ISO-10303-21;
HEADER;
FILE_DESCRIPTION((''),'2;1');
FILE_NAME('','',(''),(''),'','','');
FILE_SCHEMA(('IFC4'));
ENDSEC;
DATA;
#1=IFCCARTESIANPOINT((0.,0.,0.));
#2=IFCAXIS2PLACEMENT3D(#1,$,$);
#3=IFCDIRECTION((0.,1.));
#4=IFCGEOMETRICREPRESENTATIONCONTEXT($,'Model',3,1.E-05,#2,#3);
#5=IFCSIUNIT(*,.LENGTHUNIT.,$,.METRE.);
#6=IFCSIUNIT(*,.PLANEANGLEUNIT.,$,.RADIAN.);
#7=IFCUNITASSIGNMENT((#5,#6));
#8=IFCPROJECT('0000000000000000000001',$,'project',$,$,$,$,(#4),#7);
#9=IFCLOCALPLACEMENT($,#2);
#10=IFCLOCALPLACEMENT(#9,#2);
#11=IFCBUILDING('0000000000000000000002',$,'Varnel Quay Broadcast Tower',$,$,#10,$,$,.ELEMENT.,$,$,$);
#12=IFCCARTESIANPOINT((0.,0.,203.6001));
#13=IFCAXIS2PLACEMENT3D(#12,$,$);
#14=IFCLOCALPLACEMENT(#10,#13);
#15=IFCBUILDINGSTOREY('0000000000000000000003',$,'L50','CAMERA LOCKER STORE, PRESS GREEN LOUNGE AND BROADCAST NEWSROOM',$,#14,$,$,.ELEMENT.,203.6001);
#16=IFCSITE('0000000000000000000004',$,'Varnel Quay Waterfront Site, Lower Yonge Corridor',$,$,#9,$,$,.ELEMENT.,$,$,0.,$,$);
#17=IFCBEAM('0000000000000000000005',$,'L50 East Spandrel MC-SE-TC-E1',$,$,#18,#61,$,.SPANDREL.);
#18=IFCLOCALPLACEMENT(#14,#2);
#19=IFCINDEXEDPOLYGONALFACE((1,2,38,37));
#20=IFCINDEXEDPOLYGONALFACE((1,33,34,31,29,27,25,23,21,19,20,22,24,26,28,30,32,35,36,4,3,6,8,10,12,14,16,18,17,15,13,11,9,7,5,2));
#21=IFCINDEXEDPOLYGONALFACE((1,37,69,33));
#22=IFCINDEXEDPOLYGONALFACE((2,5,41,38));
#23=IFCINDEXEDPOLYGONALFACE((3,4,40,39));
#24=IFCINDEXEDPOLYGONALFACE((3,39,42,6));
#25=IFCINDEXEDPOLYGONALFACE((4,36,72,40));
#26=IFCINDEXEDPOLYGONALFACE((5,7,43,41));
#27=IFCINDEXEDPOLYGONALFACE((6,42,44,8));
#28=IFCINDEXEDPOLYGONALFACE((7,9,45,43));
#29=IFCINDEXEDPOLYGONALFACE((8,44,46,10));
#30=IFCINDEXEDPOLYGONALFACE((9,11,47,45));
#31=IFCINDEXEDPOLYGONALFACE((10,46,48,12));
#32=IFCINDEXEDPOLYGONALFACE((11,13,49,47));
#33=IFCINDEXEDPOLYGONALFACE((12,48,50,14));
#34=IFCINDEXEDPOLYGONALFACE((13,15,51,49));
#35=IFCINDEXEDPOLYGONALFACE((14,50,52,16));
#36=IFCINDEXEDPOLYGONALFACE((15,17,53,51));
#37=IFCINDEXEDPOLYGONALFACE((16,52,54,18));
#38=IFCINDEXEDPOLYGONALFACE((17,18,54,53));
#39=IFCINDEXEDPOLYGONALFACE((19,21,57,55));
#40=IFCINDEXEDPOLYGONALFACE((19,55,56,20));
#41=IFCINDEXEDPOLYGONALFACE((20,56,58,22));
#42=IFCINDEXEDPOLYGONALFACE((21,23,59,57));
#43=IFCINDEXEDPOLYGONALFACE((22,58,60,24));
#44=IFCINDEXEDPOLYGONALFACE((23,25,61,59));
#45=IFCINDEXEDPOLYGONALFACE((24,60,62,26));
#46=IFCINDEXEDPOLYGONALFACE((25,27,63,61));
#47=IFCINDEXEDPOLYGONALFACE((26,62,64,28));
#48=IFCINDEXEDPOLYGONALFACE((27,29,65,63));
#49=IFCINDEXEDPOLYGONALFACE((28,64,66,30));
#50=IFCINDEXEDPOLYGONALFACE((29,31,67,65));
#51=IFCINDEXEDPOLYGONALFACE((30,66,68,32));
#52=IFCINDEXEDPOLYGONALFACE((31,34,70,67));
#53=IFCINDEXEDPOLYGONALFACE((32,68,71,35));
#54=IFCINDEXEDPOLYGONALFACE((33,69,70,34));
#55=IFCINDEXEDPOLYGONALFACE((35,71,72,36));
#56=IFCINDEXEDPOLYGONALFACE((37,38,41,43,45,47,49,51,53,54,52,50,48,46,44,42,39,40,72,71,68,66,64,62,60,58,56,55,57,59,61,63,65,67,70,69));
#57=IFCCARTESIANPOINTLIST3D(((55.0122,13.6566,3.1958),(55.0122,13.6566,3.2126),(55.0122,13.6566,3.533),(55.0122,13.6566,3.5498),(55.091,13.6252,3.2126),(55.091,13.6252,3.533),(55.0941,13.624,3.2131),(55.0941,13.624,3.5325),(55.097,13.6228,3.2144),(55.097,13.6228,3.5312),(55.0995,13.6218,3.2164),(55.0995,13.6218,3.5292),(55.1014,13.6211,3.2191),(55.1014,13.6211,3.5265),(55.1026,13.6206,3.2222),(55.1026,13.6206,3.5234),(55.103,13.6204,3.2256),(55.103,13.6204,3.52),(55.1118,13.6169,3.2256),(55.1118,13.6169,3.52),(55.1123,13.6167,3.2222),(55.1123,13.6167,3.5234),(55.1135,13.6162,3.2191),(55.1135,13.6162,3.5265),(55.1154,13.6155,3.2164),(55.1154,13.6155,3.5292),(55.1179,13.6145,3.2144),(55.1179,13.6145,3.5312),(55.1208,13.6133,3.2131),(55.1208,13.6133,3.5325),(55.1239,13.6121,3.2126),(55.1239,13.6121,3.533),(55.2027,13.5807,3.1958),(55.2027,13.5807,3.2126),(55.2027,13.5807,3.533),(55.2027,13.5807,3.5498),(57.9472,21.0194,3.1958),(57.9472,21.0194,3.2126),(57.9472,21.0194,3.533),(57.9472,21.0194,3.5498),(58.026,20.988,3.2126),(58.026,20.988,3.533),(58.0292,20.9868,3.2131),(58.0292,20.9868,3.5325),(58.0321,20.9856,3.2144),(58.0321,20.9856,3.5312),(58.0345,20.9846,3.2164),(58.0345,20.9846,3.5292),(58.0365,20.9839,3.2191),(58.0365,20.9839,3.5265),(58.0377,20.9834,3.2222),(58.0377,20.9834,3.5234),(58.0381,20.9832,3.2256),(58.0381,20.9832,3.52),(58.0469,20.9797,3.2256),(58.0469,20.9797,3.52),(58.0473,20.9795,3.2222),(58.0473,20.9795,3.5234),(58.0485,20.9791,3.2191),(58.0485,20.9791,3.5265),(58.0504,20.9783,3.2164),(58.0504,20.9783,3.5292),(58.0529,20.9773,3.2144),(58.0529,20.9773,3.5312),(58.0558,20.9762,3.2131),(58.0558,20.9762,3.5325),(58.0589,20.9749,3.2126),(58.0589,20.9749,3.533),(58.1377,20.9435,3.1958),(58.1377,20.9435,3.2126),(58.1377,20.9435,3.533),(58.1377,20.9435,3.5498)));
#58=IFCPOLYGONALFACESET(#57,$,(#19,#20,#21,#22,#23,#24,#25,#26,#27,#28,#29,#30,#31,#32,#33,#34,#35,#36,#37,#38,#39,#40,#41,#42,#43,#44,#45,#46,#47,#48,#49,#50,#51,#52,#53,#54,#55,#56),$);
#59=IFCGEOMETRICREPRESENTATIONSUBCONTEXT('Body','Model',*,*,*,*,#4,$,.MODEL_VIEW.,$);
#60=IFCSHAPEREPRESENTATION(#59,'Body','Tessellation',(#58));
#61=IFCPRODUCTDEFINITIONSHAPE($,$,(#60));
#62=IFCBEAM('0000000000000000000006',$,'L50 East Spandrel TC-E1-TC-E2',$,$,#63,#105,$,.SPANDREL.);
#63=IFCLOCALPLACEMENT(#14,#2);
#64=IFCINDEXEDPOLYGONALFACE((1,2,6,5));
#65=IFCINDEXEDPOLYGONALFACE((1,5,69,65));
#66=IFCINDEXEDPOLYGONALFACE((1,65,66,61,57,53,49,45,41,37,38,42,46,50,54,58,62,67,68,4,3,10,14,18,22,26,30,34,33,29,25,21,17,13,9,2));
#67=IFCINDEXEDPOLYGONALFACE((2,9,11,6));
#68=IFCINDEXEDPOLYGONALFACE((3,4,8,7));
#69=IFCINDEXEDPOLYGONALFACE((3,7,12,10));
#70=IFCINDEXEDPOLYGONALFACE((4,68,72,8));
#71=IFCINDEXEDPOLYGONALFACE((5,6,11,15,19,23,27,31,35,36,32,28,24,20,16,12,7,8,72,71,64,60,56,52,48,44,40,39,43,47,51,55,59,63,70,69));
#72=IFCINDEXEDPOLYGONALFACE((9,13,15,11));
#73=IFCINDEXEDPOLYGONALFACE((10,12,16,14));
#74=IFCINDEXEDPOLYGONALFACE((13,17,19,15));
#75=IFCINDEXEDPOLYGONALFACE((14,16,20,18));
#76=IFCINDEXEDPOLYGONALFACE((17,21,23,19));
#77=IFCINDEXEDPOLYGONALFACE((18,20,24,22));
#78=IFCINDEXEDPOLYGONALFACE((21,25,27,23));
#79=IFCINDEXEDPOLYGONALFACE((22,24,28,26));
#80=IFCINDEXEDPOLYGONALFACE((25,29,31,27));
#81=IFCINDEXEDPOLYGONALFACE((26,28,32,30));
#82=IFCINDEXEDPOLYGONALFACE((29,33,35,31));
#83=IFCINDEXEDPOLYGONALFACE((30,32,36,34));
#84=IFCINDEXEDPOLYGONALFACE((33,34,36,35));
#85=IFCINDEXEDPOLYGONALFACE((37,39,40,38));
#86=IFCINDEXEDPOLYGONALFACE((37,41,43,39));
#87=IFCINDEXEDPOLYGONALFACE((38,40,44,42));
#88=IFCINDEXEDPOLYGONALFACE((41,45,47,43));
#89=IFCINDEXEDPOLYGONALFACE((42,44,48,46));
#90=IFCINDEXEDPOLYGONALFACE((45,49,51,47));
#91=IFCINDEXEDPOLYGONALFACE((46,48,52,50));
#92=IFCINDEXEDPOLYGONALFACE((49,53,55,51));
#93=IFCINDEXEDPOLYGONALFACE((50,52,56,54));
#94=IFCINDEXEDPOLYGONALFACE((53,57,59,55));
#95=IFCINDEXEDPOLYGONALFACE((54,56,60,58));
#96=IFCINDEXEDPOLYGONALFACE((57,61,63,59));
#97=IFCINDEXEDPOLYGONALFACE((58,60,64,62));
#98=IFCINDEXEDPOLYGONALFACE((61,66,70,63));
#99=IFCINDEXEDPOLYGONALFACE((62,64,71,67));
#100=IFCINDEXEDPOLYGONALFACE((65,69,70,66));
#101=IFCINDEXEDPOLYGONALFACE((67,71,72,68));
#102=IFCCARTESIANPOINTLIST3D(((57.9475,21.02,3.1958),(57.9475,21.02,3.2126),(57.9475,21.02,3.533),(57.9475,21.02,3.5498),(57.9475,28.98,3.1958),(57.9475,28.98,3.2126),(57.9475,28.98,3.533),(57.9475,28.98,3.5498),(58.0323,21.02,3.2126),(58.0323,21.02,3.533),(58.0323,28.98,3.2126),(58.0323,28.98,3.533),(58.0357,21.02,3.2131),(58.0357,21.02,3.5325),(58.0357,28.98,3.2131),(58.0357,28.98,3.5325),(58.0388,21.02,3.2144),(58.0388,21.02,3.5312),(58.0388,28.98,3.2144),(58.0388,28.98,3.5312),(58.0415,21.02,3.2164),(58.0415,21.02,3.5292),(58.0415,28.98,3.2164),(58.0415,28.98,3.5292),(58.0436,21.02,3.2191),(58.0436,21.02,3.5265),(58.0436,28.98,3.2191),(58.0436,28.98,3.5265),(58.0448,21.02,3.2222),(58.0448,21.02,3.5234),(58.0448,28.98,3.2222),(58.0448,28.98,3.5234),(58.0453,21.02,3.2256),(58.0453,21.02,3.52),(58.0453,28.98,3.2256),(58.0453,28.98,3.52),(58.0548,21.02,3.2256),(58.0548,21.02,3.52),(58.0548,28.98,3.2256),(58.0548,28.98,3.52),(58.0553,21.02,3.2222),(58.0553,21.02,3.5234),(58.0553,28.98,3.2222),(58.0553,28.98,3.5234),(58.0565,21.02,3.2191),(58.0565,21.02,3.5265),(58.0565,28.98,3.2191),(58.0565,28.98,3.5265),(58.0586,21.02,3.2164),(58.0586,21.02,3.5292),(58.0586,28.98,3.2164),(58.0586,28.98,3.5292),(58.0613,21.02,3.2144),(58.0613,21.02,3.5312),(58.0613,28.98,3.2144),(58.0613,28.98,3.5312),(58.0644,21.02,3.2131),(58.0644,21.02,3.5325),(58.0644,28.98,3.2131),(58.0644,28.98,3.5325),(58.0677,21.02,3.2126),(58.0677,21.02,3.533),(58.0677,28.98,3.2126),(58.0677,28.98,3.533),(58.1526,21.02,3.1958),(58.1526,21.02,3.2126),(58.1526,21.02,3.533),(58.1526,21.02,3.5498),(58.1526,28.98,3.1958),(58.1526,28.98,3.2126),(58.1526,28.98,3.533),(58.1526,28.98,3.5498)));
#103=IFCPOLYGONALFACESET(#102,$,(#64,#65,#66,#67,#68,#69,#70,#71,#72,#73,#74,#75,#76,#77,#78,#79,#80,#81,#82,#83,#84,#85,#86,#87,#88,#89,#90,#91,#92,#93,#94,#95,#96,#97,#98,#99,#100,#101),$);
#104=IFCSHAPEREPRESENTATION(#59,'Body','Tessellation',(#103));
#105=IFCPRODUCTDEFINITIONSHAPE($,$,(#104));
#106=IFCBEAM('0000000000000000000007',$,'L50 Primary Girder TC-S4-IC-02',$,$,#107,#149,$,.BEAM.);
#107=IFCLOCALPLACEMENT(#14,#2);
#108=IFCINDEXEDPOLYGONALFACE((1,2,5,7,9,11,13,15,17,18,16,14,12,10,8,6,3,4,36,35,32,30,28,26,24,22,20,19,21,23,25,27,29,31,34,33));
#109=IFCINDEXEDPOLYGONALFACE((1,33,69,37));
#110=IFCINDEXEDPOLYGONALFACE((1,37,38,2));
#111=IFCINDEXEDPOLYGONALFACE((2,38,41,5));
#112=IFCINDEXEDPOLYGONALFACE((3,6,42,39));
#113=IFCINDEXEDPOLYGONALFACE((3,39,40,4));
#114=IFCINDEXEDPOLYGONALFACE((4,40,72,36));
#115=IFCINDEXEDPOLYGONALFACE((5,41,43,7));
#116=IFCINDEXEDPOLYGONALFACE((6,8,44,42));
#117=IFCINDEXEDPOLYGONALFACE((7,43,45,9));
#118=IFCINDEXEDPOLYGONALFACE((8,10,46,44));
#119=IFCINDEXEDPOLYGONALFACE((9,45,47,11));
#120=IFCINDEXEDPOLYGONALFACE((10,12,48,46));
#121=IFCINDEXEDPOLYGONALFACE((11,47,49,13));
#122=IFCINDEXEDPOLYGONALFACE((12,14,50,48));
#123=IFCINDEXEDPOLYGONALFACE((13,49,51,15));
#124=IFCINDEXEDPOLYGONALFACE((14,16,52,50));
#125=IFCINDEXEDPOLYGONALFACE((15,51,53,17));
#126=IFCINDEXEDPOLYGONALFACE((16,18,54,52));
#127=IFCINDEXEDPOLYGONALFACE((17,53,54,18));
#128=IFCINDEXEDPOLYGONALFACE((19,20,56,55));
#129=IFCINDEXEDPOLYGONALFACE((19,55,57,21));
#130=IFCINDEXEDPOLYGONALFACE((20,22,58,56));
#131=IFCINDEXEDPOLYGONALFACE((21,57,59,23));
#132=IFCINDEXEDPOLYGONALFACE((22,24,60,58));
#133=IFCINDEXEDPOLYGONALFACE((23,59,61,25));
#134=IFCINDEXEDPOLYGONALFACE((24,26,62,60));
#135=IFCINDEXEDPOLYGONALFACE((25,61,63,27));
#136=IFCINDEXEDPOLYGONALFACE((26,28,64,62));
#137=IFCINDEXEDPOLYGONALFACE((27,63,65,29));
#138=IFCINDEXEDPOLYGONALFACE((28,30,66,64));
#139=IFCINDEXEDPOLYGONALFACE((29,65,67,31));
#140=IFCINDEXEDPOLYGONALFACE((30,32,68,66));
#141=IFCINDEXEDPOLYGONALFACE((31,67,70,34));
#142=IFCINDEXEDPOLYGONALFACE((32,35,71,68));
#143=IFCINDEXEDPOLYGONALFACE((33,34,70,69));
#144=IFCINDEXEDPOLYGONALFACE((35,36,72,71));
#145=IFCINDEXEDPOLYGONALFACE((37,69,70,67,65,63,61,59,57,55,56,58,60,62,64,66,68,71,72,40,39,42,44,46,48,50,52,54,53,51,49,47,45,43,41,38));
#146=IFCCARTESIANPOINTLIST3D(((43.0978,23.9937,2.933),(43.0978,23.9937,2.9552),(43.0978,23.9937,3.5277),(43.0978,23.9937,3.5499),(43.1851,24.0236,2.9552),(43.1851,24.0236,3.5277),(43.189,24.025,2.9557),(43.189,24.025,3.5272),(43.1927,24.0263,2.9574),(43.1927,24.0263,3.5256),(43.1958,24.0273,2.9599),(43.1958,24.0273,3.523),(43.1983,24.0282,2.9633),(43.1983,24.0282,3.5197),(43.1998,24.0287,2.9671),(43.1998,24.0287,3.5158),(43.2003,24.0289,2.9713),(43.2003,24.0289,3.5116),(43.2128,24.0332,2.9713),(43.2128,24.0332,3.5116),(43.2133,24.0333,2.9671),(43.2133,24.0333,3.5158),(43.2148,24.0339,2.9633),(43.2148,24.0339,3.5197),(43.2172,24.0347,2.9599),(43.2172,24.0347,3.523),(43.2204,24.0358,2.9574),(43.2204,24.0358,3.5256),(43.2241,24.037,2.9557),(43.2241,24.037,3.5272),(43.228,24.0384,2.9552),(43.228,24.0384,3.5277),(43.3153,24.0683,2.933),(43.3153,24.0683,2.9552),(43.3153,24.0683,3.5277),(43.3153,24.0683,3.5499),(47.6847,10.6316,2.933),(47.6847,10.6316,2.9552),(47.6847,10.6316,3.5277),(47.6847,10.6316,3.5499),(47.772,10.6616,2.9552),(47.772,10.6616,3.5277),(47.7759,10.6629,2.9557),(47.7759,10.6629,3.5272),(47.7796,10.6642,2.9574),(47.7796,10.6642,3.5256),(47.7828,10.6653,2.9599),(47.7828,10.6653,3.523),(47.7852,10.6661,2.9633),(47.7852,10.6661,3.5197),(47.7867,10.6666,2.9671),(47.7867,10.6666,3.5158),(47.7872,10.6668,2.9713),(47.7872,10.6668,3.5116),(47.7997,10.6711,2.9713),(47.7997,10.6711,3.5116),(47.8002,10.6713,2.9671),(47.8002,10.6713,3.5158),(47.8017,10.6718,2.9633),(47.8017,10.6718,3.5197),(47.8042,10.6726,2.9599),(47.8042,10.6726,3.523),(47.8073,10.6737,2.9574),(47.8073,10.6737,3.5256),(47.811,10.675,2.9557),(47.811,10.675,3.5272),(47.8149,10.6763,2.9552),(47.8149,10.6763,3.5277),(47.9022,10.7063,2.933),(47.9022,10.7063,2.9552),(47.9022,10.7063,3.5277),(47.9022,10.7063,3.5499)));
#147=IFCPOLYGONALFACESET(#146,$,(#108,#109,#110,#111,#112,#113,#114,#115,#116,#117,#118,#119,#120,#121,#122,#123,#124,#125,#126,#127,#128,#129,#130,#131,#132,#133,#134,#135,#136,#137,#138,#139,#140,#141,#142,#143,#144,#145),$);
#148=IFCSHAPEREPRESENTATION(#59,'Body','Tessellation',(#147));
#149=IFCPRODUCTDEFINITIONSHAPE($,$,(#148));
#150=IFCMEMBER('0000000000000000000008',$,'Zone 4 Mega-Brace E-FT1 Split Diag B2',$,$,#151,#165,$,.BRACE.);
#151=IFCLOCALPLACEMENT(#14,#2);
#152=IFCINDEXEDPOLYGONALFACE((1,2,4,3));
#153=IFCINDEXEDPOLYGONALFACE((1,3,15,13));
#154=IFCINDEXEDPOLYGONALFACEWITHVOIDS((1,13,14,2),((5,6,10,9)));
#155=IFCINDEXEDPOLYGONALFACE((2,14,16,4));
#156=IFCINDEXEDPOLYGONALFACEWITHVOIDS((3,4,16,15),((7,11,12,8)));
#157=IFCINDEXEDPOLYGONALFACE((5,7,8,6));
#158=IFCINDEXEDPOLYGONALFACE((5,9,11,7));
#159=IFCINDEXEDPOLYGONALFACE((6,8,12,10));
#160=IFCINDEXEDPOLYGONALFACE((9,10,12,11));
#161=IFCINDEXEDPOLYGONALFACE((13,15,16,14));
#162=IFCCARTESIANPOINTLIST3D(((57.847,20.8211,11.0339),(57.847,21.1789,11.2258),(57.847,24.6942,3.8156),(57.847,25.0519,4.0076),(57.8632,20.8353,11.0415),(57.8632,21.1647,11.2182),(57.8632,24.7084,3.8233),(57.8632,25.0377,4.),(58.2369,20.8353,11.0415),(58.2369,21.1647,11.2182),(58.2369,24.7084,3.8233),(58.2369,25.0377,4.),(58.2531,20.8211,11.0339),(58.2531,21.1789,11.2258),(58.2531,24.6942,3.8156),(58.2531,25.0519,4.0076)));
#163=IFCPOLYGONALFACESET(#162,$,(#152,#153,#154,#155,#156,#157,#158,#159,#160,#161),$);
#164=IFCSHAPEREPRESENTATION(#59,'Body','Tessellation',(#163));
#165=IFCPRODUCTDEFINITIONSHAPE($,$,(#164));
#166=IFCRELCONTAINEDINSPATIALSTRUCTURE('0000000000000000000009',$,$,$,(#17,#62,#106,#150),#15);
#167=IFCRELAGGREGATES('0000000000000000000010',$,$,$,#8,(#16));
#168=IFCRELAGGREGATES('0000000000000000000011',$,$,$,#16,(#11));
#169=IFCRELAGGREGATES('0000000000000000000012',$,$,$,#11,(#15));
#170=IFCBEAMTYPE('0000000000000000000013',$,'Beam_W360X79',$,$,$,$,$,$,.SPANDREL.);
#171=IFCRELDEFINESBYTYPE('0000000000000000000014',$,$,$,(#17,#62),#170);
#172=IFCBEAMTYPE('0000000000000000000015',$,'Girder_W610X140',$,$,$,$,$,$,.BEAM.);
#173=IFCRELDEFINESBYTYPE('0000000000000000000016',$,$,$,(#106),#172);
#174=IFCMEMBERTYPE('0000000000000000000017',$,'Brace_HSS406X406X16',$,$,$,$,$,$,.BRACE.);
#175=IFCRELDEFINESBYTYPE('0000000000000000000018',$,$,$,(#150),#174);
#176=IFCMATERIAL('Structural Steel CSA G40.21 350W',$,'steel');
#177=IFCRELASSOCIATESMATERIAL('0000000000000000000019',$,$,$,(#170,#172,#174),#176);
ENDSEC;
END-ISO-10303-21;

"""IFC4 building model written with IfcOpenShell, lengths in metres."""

from ifc_helpers import new_model, si_unit, direction, frame, origin, origin_2d, place, context, subcontext, project, spatial, hollow_rectangle, i_section, extrude, source, transform, mapped, material, material_profile, profile_set, type_object, type_shapes, element, save


model = new_model("IFC4")

# Units and contexts
model_context = context("Model", 3, precision=1e-05, world=origin(), true_north=direction((0.0, 1.0)))
body_context = subcontext(model_context, "Body", "Model", "MODEL_VIEW")
ifc_project = project(units=[si_unit("LENGTHUNIT", "METRE"), si_unit("PLANEANGLEUNIT", "RADIAN")], contexts=[model_context])

# Site, building, storey
site_placement = place(None, origin())
site = spatial("IfcSite", under=ifc_project, at=site_placement, Name="Varnel Quay Waterfront Site, Lower Yonge Corridor", CompositionType="ELEMENT", RefElevation=0.0)
building_placement = place(site_placement, origin())
building = spatial("IfcBuilding", under=site, at=building_placement, Name="Varnel Quay Broadcast Tower", CompositionType="ELEMENT")
storey_placement = place(building_placement, frame((0.0, 0.0, 203.6001)))
storey = spatial("IfcBuildingStorey", under=building, at=storey_placement, Name="L50", Description="CAMERA LOCKER STORE, PRESS GREEN LOUNGE AND BROADCAST NEWSROOM", CompositionType="ELEMENT", Elevation=203.6001)

# Shared definitions
ifc_material_1 = material(Name="Structural Steel CSA G40.21 350W", Category="steel")

# Beams
ifc_material_profile_1 = material_profile(ifc_material_1, i_section(OverallWidth=0.2051, OverallDepth=0.354, WebThickness=0.0095, FlangeThickness=0.0168, FilletRadius=0.0129, at=origin_2d()), Name="W360X79")
ifc_profile_set_1 = profile_set([ifc_material_profile_1], Name="Structural Steel CSA G40.21 350W")
beam_type_1 = type_object("IfcBeamType", Name="Beam_W360X79", PredefinedType="SPANDREL", material=ifc_profile_set_1)
shared_shape_1 = source(origin(), body_context, "Body", "SweptSolid", [
    extrude(i_section(OverallWidth=0.2051, OverallDepth=0.354, WebThickness=0.0095, FlangeThickness=0.0168, FilletRadius=0.0129, at=origin_2d()), origin(), (0.0, 0.0, 1.0), 7.9263),
])
beam_1_placement = place(storey_placement, frame((55.1074, 13.6187, 3.3728), z_axis=(0.370296, 0.928914, 0.0), x_axis=(-0.928914, 0.370296, 0.0)))
element("IfcBeam", 1, at=beam_1_placement, inside=storey, type_object=beam_type_1, Name="L50 East Spandrel MC-SE-TC-E1", PredefinedType="SPANDREL", context=body_context, shape_type="MappedRepresentation", body=[
    mapped(shared_shape_1, transform((0.0, 0.0, 0.0), x_axis=(1.0, 0.0, 0.0), y_axis=(0.0, 1.0, 0.0), z_axis=(0.0, 0.0, 1.0), scale=1.0)),
])
shared_shape_2 = source(origin(), body_context, "Body", "SweptSolid", [
    extrude(i_section(OverallWidth=0.2051, OverallDepth=0.354, WebThickness=0.0095, FlangeThickness=0.0168, FilletRadius=0.0129, at=origin_2d()), origin(), (0.0, 0.0, 1.0), 7.96),
])
beam_2_placement = place(storey_placement, frame((58.05, 21.02, 3.3728), z_axis=(0.0, 1.0, 0.0), x_axis=(-1.0, 0.0, 0.0)))
element("IfcBeam", 2, at=beam_2_placement, inside=storey, type_object=beam_type_1, Name="L50 East Spandrel TC-E1-TC-E2", PredefinedType="SPANDREL", context=body_context, shape_type="MappedRepresentation", body=[
    mapped(shared_shape_2, transform((0.0, 0.0, 0.0), x_axis=(1.0, 0.0, 0.0), y_axis=(0.0, 1.0, 0.0), z_axis=(0.0, 0.0, 1.0), scale=1.0)),
])
ifc_material_profile_2 = material_profile(ifc_material_1, i_section(OverallWidth=0.23, OverallDepth=0.6169, WebThickness=0.0132, FlangeThickness=0.0222, FilletRadius=0.0161, at=origin_2d()), Name="W610X140")
ifc_profile_set_2 = profile_set([ifc_material_profile_2], Name="Structural Steel CSA G40.21 350W")
beam_type_2 = type_object("IfcBeamType", Name="Girder_W610X140", PredefinedType="BEAM", material=ifc_profile_set_2)
shared_shape_3 = source(origin(), body_context, "Body", "SweptSolid", [
    extrude(i_section(OverallWidth=0.23, OverallDepth=0.6169, WebThickness=0.0132, FlangeThickness=0.0222, FilletRadius=0.0161, at=origin_2d()), origin(), (0.0, 0.0, 1.0), 14.1274),
])
type_shapes(beam_type_2, [shared_shape_3])
beam_3_placement = place(storey_placement, frame((47.7935, 10.6689, 3.2415), z_axis=(-0.324681, 0.945823, 0.0), x_axis=(-0.945823, -0.324681, 0.0)))
element("IfcBeam", 3, at=beam_3_placement, inside=storey, type_object=beam_type_2, Name="L50 Primary Girder TC-S4-IC-02", PredefinedType="BEAM", context=body_context, shape_type="MappedRepresentation", body=[
    mapped(shared_shape_3, transform((0.0, 0.0, 0.0), x_axis=(1.0, 0.0, 0.0), y_axis=(0.0, 1.0, 0.0), z_axis=(0.0, 0.0, 1.0), scale=1.0)),
])

# Member
ifc_material_profile_3 = material_profile(ifc_material_1, hollow_rectangle(XDim=0.406, YDim=0.406, WallThickness=0.0161, at=origin_2d()), Name="HSS406X406X16")
ifc_profile_set_3 = profile_set([ifc_material_profile_3], Name="Structural Steel CSA G40.21 350W")
member_type_1 = type_object("IfcMemberType", Name="Brace_HSS406X406X16", PredefinedType="BRACE", material=ifc_profile_set_3)
shared_shape_4 = source(origin(), body_context, "Body", "SweptSolid", [
    extrude(hollow_rectangle(XDim=0.406, YDim=0.406, WallThickness=0.0161, at=origin_2d()), origin(), (0.0, 0.0, 1.0), 8.1917),
])
type_shapes(member_type_1, [shared_shape_4])
member_1_placement = place(storey_placement, frame((58.05, 24.873, 3.9116), z_axis=(0.0, -0.472802, 0.881169), x_axis=(1.0, 0.0, 0.0)))
element("IfcMember", 4, at=member_1_placement, inside=storey, type_object=member_type_1, Name="Zone 4 Mega-Brace E-FT1 Split Diag B2", PredefinedType="BRACE", context=body_context, shape_type="MappedRepresentation", body=[
    mapped(shared_shape_4, transform((0.0, 0.0, 0.0), x_axis=(1.0, 0.0, 0.0), y_axis=(0.0, 1.0, 0.0), z_axis=(0.0, 0.0, 1.0), scale=1.0)),
])

save(model, "model.ifc")
